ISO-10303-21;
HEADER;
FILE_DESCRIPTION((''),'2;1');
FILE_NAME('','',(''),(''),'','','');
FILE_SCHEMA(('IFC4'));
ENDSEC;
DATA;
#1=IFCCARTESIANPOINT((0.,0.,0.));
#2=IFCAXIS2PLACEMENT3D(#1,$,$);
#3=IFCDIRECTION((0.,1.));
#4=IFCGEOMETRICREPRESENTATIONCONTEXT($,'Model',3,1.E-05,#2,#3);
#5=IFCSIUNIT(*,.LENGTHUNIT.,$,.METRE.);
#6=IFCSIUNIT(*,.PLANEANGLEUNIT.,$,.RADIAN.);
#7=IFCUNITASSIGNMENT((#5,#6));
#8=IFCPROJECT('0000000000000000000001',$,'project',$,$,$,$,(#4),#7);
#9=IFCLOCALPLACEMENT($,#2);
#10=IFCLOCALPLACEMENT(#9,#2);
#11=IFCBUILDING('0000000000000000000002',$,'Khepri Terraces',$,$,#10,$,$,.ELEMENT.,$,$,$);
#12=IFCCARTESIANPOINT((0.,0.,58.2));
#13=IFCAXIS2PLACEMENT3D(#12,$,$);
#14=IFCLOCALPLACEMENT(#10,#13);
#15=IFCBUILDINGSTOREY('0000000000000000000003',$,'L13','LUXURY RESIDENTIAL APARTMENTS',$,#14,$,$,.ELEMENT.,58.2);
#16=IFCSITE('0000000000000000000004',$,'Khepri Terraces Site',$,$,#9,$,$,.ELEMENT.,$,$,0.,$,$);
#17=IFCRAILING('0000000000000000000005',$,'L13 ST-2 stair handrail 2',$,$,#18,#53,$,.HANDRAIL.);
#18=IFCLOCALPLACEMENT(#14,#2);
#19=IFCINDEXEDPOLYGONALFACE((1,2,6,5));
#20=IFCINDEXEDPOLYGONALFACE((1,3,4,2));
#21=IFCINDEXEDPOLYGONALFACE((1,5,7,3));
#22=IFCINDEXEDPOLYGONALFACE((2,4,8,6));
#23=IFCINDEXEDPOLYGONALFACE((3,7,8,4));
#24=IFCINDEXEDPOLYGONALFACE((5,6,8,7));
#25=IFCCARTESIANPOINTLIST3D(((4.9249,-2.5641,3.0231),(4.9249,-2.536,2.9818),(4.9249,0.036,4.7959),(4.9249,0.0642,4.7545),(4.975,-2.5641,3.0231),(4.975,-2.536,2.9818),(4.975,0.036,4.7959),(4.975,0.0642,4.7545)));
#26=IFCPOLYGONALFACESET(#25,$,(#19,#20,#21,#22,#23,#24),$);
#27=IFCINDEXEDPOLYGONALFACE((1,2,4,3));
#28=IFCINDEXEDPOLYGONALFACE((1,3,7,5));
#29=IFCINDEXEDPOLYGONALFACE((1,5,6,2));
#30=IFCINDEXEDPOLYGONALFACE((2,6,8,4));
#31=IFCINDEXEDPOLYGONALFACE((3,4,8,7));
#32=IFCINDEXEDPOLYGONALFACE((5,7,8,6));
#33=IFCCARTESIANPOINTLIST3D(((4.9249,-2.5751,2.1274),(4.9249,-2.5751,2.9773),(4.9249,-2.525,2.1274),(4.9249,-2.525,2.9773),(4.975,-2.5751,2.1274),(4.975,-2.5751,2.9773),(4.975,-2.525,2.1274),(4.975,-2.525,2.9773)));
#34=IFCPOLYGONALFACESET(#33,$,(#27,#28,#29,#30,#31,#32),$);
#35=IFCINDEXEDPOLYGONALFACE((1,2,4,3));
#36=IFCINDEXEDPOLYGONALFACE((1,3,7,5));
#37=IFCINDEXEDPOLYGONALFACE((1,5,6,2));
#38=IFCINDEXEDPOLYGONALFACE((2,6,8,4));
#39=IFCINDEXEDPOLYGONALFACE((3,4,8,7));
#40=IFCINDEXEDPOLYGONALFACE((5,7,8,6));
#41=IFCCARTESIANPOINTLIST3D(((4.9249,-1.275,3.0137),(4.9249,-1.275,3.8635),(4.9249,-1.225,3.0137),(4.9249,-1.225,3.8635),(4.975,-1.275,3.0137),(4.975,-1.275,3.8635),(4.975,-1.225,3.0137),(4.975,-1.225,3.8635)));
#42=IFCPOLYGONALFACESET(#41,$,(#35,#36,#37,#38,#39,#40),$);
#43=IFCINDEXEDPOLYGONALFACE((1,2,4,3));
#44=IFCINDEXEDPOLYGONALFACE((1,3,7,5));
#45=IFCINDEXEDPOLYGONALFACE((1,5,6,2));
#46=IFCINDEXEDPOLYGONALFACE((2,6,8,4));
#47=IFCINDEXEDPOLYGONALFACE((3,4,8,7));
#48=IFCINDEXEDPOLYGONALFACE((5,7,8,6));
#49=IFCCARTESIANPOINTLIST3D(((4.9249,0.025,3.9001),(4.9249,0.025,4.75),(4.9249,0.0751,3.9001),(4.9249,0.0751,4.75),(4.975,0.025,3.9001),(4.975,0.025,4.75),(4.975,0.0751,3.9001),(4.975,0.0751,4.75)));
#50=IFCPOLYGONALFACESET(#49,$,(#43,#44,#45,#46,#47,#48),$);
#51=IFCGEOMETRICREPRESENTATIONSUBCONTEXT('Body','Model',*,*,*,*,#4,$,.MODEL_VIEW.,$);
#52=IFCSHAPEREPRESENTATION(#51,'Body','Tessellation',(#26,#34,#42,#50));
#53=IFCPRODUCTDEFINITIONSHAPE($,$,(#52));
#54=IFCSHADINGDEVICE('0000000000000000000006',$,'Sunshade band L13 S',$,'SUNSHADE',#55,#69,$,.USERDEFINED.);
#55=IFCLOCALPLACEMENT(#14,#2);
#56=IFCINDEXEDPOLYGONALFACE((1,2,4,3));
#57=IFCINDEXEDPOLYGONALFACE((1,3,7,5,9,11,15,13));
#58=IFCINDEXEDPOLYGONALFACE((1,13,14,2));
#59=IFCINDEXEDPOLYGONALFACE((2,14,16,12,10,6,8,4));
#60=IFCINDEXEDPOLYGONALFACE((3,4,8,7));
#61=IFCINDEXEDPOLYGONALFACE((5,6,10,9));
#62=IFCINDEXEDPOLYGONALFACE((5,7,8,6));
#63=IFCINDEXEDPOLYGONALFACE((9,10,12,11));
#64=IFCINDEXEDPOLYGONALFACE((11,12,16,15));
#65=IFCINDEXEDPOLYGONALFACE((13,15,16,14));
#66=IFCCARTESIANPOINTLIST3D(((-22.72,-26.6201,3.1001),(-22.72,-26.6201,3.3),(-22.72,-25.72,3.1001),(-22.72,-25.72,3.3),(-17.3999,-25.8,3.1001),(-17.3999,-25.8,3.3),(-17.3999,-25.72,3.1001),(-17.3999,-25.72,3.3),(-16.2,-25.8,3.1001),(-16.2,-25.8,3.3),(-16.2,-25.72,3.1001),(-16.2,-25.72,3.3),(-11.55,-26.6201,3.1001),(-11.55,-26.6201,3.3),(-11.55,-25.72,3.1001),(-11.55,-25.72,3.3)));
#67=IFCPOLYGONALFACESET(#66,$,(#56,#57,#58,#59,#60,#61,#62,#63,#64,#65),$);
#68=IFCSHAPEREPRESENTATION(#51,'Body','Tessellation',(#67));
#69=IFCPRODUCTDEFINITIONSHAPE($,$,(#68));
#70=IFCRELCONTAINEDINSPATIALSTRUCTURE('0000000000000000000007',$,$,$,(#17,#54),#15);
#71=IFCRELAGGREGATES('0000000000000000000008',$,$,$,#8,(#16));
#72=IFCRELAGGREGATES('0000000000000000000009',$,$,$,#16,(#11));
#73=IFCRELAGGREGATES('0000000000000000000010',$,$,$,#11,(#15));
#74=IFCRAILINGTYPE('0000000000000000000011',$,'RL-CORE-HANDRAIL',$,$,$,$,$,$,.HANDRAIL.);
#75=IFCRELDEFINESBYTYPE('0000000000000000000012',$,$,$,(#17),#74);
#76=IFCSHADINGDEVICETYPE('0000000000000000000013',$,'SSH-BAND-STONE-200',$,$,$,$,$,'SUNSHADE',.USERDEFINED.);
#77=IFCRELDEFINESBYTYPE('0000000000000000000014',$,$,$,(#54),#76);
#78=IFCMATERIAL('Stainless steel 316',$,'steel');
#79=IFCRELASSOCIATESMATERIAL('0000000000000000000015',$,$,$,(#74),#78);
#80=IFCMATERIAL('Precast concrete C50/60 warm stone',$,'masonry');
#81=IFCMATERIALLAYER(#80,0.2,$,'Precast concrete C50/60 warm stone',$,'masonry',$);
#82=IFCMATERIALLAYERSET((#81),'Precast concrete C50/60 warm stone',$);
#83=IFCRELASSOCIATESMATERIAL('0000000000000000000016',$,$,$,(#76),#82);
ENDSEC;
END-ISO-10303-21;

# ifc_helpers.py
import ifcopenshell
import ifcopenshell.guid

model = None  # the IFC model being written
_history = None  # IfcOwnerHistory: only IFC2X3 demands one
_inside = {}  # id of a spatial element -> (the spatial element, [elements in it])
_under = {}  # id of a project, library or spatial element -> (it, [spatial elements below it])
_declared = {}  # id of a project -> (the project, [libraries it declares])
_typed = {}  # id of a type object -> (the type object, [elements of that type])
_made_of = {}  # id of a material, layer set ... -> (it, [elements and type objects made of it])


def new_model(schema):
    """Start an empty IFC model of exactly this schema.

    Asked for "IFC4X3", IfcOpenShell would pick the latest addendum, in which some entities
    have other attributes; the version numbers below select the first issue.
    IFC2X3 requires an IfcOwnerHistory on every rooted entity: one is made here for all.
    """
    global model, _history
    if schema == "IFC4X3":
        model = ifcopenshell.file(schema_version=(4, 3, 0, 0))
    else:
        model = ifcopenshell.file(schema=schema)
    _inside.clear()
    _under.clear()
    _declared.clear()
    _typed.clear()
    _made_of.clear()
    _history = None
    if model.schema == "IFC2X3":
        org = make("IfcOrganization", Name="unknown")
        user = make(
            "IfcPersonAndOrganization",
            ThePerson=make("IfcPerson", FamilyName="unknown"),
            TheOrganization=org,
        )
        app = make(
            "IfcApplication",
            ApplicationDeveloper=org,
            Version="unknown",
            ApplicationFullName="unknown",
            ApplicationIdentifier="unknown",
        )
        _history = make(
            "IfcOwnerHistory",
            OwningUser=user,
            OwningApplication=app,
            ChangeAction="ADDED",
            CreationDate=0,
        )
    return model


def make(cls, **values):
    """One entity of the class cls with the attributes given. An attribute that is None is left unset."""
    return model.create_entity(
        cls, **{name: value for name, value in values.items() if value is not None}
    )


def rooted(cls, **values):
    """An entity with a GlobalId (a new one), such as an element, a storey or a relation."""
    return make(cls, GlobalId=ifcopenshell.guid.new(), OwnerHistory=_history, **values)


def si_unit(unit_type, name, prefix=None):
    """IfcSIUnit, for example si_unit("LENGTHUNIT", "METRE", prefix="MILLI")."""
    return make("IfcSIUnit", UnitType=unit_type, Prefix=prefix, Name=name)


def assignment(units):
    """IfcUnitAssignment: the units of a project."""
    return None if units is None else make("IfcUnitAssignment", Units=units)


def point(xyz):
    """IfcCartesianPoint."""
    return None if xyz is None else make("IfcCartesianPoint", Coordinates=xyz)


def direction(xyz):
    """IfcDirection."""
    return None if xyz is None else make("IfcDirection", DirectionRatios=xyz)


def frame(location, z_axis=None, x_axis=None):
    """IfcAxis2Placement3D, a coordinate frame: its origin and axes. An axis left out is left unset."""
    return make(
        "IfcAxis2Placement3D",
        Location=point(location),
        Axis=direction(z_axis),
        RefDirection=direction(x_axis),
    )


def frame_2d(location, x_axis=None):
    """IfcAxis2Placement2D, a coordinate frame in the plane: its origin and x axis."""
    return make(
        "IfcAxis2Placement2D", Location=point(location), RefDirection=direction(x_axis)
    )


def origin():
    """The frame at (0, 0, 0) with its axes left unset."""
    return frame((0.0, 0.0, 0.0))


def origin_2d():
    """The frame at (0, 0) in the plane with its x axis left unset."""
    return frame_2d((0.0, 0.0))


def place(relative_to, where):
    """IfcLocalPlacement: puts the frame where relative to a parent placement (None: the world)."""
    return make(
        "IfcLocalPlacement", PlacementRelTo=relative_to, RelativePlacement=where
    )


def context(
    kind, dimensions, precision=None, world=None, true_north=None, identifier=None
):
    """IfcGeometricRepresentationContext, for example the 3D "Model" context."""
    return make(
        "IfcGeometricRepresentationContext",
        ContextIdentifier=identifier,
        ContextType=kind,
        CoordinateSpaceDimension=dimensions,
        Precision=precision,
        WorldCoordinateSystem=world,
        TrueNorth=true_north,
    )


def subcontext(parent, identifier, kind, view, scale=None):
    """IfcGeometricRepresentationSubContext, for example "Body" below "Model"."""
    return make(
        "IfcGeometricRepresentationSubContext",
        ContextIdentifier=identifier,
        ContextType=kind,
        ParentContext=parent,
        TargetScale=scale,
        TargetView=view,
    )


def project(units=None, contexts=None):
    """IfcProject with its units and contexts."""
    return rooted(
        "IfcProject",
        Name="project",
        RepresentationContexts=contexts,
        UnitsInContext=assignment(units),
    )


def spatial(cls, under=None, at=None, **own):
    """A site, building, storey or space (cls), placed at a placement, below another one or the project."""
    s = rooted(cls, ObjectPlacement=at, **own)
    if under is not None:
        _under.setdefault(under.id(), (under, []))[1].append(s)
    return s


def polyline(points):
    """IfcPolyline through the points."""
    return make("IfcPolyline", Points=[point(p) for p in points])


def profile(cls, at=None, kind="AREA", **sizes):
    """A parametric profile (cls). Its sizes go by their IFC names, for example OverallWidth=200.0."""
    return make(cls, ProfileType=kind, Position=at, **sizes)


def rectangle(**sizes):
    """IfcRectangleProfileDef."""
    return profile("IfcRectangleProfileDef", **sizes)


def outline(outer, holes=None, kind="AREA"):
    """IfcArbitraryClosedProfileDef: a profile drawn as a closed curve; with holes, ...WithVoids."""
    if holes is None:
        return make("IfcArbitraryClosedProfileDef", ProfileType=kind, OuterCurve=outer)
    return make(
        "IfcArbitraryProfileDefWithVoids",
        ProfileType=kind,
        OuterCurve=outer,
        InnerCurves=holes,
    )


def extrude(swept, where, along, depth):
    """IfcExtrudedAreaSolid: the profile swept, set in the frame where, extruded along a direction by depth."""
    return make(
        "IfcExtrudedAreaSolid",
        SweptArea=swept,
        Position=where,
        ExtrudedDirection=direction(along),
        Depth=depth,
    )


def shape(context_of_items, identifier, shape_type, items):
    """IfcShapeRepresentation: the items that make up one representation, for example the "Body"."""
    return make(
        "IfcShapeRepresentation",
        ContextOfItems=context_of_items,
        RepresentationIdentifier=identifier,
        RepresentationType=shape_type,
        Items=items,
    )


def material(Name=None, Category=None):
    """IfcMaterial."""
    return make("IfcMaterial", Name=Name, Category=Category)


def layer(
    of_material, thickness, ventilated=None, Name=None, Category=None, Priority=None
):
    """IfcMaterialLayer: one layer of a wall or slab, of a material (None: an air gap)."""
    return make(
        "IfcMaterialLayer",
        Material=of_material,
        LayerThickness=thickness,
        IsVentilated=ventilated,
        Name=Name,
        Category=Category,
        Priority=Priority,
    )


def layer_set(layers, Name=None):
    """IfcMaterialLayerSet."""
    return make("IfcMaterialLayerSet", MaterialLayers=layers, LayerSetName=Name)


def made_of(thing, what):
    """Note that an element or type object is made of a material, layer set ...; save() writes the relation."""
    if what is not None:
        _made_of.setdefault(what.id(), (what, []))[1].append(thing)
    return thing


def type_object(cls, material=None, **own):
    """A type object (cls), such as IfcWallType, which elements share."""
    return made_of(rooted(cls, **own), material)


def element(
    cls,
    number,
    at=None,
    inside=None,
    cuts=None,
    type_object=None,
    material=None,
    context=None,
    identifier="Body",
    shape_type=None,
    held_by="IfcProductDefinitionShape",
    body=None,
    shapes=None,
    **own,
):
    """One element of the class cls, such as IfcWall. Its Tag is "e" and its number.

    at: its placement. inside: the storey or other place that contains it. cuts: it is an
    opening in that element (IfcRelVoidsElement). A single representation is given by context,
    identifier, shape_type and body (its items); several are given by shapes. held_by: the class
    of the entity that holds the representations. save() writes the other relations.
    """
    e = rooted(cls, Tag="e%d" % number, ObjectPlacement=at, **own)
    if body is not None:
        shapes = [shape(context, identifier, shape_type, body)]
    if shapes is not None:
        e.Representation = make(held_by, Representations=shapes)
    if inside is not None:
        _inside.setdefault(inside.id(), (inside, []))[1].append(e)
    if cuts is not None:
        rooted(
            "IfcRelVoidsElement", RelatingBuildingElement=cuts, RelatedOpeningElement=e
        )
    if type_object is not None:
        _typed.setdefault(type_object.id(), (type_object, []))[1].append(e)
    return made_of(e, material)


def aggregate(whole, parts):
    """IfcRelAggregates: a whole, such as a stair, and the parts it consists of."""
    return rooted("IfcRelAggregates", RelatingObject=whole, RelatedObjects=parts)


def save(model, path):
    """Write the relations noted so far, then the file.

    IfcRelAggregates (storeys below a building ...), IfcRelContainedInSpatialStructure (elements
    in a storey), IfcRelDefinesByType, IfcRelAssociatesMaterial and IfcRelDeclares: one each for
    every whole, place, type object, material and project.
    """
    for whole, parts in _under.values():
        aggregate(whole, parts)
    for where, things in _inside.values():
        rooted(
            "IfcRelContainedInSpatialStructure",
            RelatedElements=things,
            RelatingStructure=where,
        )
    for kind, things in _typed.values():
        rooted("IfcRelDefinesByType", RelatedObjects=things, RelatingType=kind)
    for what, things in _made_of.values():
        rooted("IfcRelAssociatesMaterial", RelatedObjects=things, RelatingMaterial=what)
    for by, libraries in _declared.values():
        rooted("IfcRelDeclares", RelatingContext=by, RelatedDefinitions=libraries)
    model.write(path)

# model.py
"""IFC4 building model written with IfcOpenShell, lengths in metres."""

from ifc_helpers import new_model, si_unit, direction, frame, origin, origin_2d, place, context, subcontext, project, spatial, polyline, rectangle, outline, extrude, material, layer, layer_set, type_object, element, save


model = new_model("IFC4")

# Units and contexts
model_context = context("Model", 3, precision=1e-05, world=origin(), true_north=direction((0.0, 1.0)))
body_context = subcontext(model_context, "Body", "Model", "MODEL_VIEW")
ifc_project = project(units=[si_unit("LENGTHUNIT", "METRE"), si_unit("PLANEANGLEUNIT", "RADIAN")], contexts=[model_context])

# Site, building, storey
site_placement = place(None, origin())
site = spatial("IfcSite", under=ifc_project, at=site_placement, Name="Khepri Terraces Site", CompositionType="ELEMENT", RefElevation=0.0)
building_placement = place(site_placement, origin())
building = spatial("IfcBuilding", under=site, at=building_placement, Name="Khepri Terraces", CompositionType="ELEMENT")
storey_placement = place(building_placement, frame((0.0, 0.0, 58.2)))
storey = spatial("IfcBuildingStorey", under=building, at=storey_placement, Name="L13", Description="LUXURY RESIDENTIAL APARTMENTS", CompositionType="ELEMENT", Elevation=58.2)

# Shared definitions
ifc_material_1 = material(Name="Precast concrete C50/60 warm stone", Category="masonry")

# Railing
ifc_material_2 = material(Name="Stainless steel 316", Category="steel")
railing_type_1 = type_object("IfcRailingType", Name="RL-CORE-HANDRAIL", PredefinedType="HANDRAIL", material=ifc_material_2)
railing_1_placement = place(storey_placement, frame((4.95, -2.55, 2.1274)))
element("IfcRailing", 1, at=railing_1_placement, inside=storey, type_object=railing_type_1, Name="L13 ST-2 stair handrail 2", PredefinedType="HANDRAIL", context=body_context, shape_type="SweptSolid", body=[
    extrude(rectangle(XDim=0.05, YDim=0.05, at=origin_2d()), frame((0.0, 0.0, 0.875), z_axis=(0.0, 0.82624, 0.563318), x_axis=(-1.0, 0.0, 0.0)), (0.0, 0.0, 1.0), 3.147),
    extrude(rectangle(XDim=0.05, YDim=0.05, at=origin_2d()), origin(), (0.0, 0.0, 1.0), 0.8499),
    extrude(rectangle(XDim=0.05, YDim=0.05, at=origin_2d()), frame((0.0, 1.3, 0.8862)), (0.0, 0.0, 1.0), 0.8499),
    extrude(rectangle(XDim=0.05, YDim=0.05, at=origin_2d()), frame((0.0, 2.6001, 1.7727)), (0.0, 0.0, 1.0), 0.8499),
])

# Shading device
ifc_layer_1 = layer(ifc_material_1, 0.2, Name="Precast concrete C50/60 warm stone", Category="masonry")
ifc_layer_set_1 = layer_set([ifc_layer_1], Name="Precast concrete C50/60 warm stone")
shading_device_type = type_object("IfcShadingDeviceType", Name="SSH-BAND-STONE-200", ElementType="SUNSHADE", PredefinedType="USERDEFINED", material=ifc_layer_set_1)
shading_device_placement = place(storey_placement, frame((0.0, 0.0, 3.1001)))
element("IfcShadingDevice", 2, at=shading_device_placement, inside=storey, type_object=shading_device_type, Name="Sunshade band L13 S", ObjectType="SUNSHADE", PredefinedType="USERDEFINED", context=body_context, shape_type="SweptSolid", body=[
    extrude(outline(polyline([(-17.3999, -25.72), (-22.72, -25.72), (-22.72, -26.6201), (-11.55, -26.6201), (-11.55, -25.72), (-16.2, -25.72), (-16.2, -25.8), (-17.3999, -25.8), (-17.3999, -25.72)])), origin(), (0.0, 0.0, 1.0), 0.2),
])

save(model, "model.ifc")
